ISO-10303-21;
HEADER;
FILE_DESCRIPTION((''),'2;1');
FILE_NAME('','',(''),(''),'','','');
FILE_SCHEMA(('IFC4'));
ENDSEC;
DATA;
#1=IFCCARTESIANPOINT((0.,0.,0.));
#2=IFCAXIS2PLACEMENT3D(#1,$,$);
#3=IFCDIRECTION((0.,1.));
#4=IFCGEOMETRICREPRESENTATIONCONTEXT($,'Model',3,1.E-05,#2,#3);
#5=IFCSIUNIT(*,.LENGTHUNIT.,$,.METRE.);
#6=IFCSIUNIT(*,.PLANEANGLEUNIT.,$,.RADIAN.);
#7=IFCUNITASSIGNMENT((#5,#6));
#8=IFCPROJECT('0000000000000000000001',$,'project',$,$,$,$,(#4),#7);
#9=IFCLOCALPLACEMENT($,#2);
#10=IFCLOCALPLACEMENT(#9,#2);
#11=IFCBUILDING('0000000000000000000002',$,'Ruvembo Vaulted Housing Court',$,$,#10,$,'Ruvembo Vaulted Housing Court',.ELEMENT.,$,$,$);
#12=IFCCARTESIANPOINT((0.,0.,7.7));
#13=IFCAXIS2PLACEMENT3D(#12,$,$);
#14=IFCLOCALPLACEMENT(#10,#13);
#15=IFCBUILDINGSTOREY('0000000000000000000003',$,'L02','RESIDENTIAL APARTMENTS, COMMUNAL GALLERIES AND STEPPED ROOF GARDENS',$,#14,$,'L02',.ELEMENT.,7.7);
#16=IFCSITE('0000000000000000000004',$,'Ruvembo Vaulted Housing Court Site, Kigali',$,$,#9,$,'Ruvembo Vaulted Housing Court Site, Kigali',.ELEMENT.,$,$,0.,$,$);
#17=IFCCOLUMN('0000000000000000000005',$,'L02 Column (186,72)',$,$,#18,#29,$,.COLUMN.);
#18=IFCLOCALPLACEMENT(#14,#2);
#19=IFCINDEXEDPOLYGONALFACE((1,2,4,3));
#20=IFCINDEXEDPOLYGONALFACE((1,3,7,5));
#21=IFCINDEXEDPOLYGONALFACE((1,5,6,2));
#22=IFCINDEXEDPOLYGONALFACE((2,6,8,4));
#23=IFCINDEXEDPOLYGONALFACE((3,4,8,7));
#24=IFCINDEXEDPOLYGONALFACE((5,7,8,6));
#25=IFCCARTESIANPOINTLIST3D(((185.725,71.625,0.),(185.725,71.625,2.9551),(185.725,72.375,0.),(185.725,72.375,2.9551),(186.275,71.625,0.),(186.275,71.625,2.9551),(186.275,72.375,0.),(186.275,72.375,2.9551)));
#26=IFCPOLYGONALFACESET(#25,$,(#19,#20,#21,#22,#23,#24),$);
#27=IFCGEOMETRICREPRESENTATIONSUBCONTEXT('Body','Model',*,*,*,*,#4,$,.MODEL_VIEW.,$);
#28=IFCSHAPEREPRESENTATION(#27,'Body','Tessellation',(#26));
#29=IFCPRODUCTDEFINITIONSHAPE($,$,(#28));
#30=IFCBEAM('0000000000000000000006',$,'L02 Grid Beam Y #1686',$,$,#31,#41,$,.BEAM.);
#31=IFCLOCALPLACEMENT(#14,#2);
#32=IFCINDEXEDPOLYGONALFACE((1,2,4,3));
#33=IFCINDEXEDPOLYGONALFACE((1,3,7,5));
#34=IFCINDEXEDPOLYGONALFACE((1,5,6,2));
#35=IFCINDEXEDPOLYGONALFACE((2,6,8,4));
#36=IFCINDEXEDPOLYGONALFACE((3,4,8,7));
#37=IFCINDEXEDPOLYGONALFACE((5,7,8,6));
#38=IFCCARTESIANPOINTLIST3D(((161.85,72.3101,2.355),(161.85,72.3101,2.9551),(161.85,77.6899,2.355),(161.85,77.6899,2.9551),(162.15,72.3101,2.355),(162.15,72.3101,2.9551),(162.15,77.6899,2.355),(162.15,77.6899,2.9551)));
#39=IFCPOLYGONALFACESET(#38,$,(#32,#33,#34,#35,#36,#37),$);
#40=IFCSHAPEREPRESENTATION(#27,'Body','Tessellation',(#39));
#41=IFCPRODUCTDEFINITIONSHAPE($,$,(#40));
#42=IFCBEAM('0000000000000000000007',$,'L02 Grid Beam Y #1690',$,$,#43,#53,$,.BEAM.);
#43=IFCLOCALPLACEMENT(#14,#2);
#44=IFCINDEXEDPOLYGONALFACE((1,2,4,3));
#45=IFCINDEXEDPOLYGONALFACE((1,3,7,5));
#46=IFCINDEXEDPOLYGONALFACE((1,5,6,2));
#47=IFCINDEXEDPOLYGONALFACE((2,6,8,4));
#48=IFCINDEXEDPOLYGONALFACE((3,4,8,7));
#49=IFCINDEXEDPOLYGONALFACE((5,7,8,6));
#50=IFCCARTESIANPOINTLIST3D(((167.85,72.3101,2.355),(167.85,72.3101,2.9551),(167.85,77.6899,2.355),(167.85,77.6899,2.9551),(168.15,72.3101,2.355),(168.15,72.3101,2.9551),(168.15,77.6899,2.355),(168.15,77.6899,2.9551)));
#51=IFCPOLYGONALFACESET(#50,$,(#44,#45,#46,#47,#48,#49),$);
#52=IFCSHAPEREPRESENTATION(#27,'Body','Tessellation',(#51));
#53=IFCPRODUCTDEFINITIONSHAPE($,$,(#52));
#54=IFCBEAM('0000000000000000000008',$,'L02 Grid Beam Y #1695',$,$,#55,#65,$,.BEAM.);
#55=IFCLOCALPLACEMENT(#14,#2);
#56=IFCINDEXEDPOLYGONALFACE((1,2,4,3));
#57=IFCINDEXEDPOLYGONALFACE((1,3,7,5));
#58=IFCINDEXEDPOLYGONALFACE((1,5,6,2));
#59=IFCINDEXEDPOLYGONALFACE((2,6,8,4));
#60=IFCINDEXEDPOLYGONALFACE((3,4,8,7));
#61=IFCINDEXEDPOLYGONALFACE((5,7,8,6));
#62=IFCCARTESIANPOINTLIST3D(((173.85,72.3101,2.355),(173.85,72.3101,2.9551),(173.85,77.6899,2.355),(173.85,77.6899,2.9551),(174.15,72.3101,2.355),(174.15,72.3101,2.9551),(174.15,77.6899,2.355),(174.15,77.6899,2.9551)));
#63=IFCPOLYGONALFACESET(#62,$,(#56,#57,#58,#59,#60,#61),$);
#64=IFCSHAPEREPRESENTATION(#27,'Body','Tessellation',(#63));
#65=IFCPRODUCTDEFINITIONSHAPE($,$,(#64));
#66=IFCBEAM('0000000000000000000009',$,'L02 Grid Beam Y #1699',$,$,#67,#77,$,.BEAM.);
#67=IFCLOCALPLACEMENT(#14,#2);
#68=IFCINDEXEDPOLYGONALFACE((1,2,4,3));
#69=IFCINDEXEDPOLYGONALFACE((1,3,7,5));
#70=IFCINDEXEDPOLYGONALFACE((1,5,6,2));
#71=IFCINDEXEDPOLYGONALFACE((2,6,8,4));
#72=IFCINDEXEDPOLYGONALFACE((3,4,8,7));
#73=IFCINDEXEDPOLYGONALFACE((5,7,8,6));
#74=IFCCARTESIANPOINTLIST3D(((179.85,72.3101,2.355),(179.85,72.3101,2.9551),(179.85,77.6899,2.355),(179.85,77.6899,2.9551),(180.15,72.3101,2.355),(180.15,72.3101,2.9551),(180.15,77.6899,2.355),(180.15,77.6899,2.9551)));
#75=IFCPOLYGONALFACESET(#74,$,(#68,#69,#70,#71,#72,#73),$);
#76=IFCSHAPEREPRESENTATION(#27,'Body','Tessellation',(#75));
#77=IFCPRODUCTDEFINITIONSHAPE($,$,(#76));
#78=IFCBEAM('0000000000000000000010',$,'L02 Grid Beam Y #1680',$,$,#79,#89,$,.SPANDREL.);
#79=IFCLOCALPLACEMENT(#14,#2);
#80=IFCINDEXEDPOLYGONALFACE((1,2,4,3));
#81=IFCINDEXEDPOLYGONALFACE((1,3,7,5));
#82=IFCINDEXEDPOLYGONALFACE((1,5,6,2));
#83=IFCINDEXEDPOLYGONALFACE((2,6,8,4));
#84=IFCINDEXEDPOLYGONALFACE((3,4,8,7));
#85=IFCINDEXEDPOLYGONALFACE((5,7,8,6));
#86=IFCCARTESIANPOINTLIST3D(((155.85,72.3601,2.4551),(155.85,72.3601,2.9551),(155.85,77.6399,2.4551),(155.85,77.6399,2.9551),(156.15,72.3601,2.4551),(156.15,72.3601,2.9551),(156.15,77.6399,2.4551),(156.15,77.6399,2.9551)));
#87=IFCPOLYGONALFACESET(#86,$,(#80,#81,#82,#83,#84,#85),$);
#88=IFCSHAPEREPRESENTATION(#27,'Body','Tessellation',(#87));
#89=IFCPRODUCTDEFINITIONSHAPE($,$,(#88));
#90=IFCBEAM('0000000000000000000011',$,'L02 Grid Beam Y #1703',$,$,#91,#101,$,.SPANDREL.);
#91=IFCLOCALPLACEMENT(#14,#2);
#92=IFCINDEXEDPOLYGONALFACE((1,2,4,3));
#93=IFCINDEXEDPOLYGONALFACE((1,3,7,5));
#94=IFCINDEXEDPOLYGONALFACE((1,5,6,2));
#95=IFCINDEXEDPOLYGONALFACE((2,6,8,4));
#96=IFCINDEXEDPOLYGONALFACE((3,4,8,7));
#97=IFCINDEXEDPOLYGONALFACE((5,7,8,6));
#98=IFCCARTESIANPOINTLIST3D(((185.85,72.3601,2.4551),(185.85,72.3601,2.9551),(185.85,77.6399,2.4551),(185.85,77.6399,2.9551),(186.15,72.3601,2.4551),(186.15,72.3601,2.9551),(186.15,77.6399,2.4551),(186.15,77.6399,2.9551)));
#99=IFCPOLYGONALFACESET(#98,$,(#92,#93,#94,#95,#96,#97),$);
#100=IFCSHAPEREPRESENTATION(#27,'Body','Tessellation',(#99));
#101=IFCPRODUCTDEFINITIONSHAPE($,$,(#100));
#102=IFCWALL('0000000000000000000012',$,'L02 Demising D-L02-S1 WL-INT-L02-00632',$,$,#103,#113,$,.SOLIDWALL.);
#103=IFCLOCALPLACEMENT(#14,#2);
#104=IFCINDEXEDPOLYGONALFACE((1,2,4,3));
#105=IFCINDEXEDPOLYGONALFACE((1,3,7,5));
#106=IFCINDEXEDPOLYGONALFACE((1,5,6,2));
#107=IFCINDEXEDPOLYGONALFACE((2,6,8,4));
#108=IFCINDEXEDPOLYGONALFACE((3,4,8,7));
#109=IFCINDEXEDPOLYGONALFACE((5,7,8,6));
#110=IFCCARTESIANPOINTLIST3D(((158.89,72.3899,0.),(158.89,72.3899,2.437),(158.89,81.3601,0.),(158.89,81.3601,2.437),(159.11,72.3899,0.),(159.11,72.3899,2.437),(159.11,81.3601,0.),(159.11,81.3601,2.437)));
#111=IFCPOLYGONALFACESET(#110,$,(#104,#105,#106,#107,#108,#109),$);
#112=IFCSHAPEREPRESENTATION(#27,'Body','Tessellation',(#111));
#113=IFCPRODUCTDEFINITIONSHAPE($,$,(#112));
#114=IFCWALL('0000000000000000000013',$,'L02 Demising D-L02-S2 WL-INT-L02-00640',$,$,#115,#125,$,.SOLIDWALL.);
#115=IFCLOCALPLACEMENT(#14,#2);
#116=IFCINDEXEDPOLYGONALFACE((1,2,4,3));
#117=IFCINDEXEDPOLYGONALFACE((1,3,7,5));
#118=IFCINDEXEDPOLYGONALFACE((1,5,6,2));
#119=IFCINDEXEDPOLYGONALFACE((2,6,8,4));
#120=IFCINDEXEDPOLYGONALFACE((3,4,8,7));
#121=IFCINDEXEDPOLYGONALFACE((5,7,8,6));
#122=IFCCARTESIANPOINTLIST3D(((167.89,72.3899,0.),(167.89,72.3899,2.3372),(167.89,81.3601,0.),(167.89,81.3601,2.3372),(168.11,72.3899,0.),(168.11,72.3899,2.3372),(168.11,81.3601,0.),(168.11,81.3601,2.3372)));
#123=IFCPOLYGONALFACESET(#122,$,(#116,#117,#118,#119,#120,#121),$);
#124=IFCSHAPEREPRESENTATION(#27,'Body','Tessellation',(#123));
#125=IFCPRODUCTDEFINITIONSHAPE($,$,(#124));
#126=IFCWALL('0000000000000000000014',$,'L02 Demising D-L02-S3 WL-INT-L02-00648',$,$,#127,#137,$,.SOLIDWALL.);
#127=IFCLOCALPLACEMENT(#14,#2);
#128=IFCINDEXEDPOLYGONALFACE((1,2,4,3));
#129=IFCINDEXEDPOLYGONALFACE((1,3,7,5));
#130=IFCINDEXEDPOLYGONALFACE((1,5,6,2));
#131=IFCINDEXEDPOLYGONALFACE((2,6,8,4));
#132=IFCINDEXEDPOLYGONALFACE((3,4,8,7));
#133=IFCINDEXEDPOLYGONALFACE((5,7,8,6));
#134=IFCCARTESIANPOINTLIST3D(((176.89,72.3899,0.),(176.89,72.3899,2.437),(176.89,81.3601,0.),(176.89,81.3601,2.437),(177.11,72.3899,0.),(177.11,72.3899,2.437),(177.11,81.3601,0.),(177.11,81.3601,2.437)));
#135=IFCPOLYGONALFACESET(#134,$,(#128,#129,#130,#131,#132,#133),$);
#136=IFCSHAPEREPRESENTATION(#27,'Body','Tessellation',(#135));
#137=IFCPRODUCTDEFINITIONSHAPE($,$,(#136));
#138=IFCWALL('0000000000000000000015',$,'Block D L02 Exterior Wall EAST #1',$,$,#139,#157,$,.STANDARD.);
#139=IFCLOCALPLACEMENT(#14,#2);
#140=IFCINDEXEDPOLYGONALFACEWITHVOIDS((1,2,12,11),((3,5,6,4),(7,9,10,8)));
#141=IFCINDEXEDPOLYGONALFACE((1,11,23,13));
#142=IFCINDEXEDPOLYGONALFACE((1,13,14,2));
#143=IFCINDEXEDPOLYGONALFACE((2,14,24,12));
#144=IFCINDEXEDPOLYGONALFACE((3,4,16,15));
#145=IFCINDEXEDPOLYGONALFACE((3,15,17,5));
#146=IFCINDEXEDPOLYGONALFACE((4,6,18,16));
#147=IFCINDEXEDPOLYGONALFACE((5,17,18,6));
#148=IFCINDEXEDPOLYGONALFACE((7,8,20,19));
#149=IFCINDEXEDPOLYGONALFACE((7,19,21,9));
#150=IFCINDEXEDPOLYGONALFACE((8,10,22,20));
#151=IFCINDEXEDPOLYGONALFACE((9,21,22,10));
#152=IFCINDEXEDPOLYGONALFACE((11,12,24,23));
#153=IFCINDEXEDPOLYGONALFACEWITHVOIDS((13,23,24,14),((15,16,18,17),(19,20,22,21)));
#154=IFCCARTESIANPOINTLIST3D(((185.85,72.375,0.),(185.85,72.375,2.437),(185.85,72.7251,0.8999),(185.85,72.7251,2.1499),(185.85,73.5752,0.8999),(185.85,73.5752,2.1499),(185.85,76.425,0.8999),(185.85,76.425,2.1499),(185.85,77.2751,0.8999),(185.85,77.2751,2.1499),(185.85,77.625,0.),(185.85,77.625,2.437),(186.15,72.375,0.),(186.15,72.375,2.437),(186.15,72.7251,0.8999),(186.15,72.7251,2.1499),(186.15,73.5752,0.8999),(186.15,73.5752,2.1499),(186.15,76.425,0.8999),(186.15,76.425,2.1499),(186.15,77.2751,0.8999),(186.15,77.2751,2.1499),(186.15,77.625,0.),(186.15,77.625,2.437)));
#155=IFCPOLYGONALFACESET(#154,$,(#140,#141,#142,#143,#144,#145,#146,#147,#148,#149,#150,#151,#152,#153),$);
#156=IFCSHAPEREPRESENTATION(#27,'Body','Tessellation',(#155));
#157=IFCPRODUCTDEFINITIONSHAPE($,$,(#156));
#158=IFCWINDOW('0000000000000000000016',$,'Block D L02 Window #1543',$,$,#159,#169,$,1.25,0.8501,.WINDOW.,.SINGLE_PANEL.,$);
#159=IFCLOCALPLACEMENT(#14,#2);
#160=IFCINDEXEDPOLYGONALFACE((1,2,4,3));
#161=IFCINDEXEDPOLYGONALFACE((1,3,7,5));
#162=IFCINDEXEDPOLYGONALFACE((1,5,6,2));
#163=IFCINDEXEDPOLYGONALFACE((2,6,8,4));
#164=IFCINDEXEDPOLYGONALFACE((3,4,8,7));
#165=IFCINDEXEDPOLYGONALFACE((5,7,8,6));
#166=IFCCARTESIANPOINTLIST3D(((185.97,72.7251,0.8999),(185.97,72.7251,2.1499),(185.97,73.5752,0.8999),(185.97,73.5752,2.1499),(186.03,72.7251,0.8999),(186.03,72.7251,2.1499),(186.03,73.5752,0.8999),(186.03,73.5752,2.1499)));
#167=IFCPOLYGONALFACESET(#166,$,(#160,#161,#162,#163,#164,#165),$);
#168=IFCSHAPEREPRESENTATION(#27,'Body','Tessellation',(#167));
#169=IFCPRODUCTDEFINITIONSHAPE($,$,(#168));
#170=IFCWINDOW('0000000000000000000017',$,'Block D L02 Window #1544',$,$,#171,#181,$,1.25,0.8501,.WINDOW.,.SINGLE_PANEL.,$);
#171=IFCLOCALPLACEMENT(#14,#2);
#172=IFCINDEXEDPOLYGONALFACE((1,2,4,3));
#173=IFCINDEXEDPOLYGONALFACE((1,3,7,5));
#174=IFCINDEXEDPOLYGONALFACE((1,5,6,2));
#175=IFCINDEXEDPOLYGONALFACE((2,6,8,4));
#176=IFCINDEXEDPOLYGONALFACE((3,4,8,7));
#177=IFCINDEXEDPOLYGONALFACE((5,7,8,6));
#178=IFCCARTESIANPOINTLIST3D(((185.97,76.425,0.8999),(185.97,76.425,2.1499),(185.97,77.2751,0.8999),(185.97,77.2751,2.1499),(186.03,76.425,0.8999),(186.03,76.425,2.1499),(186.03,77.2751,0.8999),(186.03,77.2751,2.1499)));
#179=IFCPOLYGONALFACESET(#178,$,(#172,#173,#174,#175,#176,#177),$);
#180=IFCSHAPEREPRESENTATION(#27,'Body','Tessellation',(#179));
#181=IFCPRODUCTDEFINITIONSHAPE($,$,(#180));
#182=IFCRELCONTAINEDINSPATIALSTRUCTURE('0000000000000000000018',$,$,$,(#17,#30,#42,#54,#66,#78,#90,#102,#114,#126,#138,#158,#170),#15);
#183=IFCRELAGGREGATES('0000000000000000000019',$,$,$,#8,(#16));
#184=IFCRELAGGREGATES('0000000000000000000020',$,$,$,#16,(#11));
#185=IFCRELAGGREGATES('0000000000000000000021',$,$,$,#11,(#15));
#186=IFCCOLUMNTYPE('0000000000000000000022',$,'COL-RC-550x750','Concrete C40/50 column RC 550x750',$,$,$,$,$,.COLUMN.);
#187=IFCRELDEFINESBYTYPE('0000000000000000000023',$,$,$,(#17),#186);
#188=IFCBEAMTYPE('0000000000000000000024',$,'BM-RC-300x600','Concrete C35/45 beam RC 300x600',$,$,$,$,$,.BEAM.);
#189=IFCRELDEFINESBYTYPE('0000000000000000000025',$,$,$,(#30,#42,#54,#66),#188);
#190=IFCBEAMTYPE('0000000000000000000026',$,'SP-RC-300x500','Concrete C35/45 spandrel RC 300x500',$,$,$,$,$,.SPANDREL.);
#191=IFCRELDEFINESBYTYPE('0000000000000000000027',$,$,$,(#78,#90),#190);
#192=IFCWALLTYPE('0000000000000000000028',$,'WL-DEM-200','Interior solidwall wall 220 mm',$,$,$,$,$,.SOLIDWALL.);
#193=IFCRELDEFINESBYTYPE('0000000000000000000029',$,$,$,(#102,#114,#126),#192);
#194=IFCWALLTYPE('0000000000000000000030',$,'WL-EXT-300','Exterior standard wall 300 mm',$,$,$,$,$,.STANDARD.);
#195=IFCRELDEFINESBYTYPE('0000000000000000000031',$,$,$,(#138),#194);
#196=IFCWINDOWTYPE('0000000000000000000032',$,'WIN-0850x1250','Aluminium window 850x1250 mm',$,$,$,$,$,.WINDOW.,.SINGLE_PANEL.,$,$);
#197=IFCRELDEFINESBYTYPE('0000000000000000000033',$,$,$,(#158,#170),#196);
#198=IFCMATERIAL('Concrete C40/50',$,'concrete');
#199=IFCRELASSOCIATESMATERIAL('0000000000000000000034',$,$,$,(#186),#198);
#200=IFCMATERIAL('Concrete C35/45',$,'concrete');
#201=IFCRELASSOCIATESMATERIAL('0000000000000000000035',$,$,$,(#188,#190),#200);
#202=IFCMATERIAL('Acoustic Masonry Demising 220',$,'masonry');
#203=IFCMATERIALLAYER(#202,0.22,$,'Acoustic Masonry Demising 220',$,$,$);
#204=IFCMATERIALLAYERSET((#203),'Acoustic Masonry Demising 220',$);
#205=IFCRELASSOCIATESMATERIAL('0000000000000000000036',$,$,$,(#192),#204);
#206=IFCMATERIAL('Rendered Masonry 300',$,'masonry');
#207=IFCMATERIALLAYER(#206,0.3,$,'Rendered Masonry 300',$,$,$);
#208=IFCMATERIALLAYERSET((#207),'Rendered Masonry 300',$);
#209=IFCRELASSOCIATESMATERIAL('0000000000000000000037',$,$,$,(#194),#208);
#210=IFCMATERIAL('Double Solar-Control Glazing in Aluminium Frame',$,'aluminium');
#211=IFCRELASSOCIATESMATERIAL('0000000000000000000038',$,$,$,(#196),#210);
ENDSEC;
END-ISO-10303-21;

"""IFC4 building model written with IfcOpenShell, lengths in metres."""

from ifc_helpers import new_model, si_unit, direction, frame, frame_2d, origin, origin_2d, place, context, subcontext, project, spatial, rectangle, extrude, material, layer, layer_set, material_profile, profile_set, type_object, element, fill, save


model = new_model("IFC4")

# Units and contexts
model_context = context("Model", 3, precision=1e-05, world=origin(), true_north=direction((0.0, 1.0)))
body_context = subcontext(model_context, "Body", "Model", "MODEL_VIEW")
ifc_project = project(units=[si_unit("LENGTHUNIT", "METRE"), si_unit("PLANEANGLEUNIT", "RADIAN")], contexts=[model_context])

# Site, building, storey
site_placement = place(None, origin())
site = spatial("IfcSite", under=ifc_project, at=site_placement, Name="Ruvembo Vaulted Housing Court Site, Kigali", LongName="Ruvembo Vaulted Housing Court Site, Kigali", CompositionType="ELEMENT", RefElevation=0.0)
building_placement = place(site_placement, origin())
building = spatial("IfcBuilding", under=site, at=building_placement, Name="Ruvembo Vaulted Housing Court", LongName="Ruvembo Vaulted Housing Court", CompositionType="ELEMENT")
storey_placement = place(building_placement, frame((0.0, 0.0, 7.7)))
storey = spatial("IfcBuildingStorey", under=building, at=storey_placement, Name="L02", Description="RESIDENTIAL APARTMENTS, COMMUNAL GALLERIES AND STEPPED ROOF GARDENS", LongName="L02", CompositionType="ELEMENT", Elevation=7.7)

# Column
ifc_material_1 = material(Name="Concrete C40/50", Category="concrete")
ifc_material_profile_1 = material_profile(ifc_material_1, rectangle(XDim=0.55, YDim=0.75, at=origin_2d()), Name="RC 550x750")
ifc_profile_set_1 = profile_set([ifc_material_profile_1], Name="Concrete C40/50")
column_type = type_object("IfcColumnType", Name="COL-RC-550x750", Description="Concrete C40/50 column RC 550x750", PredefinedType="COLUMN", material=ifc_profile_set_1)
column_placement = place(storey_placement, frame((186.0, 72.0, 0.0), z_axis=(0.0, 0.0, 1.0), x_axis=(1.0, 0.0, 0.0)))
element("IfcColumn", 1, at=column_placement, inside=storey, type_object=column_type, Name="L02 Column (186,72)", PredefinedType="COLUMN", context=body_context, shape_type="SweptSolid", body=[
    extrude(rectangle(XDim=0.55, YDim=0.75, at=origin_2d()), origin(), (0.0, 0.0, 1.0), 2.9551),
])

# Beams
ifc_material_2 = material(Name="Concrete C35/45", Category="concrete")
ifc_material_profile_2 = material_profile(ifc_material_2, rectangle(XDim=0.3, YDim=0.6001, at=origin_2d()), Name="RC 300x600")
ifc_profile_set_2 = profile_set([ifc_material_profile_2], Name="Concrete C35/45")
beam_type_1 = type_object("IfcBeamType", Name="BM-RC-300x600", Description="Concrete C35/45 beam RC 300x600", PredefinedType="BEAM", material=ifc_profile_set_2)
for number, where, z_axis, x_axis, name in (
    (2, (162.0, 72.3101, 2.655), (0.0, 1.0, 0.0), (-1.0, 0.0, 0.0), "L02 Grid Beam Y #1686"),
    (3, (168.0, 72.3101, 2.655), (0.0, 1.0, 0.0), (-1.0, 0.0, 0.0), "L02 Grid Beam Y #1690"),
    (4, (174.0, 72.3101, 2.655), (0.0, 1.0, 0.0), (-1.0, 0.0, 0.0), "L02 Grid Beam Y #1695"),
    (5, (180.0, 72.3101, 2.655), (0.0, 1.0, 0.0), (-1.0, 0.0, 0.0), "L02 Grid Beam Y #1699"),
):
    element("IfcBeam", number, at=place(storey_placement, frame(where, z_axis=z_axis, x_axis=x_axis)), inside=storey, type_object=beam_type_1, Name=name, PredefinedType="BEAM", context=body_context, shape_type="SweptSolid", body=[
        extrude(rectangle(XDim=0.3, YDim=0.6001, at=origin_2d()), origin(), (0.0, 0.0, 1.0), 5.3799),
    ])
ifc_material_profile_3 = material_profile(ifc_material_2, rectangle(XDim=0.3, YDim=0.5, at=origin_2d()), Name="RC 300x500")
ifc_profile_set_3 = profile_set([ifc_material_profile_3], Name="Concrete C35/45")
beam_type_2 = type_object("IfcBeamType", Name="SP-RC-300x500", Description="Concrete C35/45 spandrel RC 300x500", PredefinedType="SPANDREL", material=ifc_profile_set_3)
for number, where, z_axis, x_axis, name in (
    (6, (156.0, 72.3601, 2.7051), (0.0, 1.0, 0.0), (-1.0, 0.0, 0.0), "L02 Grid Beam Y #1680"),
    (7, (186.0, 72.3601, 2.7051), (0.0, 1.0, 0.0), (-1.0, 0.0, 0.0), "L02 Grid Beam Y #1703"),
):
    element("IfcBeam", number, at=place(storey_placement, frame(where, z_axis=z_axis, x_axis=x_axis)), inside=storey, type_object=beam_type_2, Name=name, PredefinedType="SPANDREL", context=body_context, shape_type="SweptSolid", body=[
        extrude(rectangle(XDim=0.3, YDim=0.5, at=origin_2d()), origin(), (0.0, 0.0, 1.0), 5.2798),
    ])

# Walls
ifc_material_3 = material(Name="Acoustic Masonry Demising 220", Category="masonry")
ifc_layer_1 = layer(ifc_material_3, 0.22, Name="Acoustic Masonry Demising 220")
ifc_layer_set_1 = layer_set([ifc_layer_1], Name="Acoustic Masonry Demising 220")
wall_type_1 = type_object("IfcWallType", Name="WL-DEM-200", Description="Interior solidwall wall 220 mm", PredefinedType="SOLIDWALL", material=ifc_layer_set_1)
wall_1_placement = place(storey_placement, frame((159.0, 72.3899, 0.0), z_axis=(0.0, 0.0, 1.0), x_axis=(0.0, 1.0, 0.0)))
element("IfcWall", 8, at=wall_1_placement, inside=storey, type_object=wall_type_1, Name="L02 Demising D-L02-S1 WL-INT-L02-00632", PredefinedType="SOLIDWALL", context=body_context, shape_type="SweptSolid", body=[
    extrude(rectangle(XDim=8.9702, YDim=0.22, at=frame_2d((4.4851, 0.0))), origin(), (0.0, 0.0, 1.0), 2.437),
])
wall_2_placement = place(storey_placement, frame((168.0, 72.3899, 0.0), z_axis=(0.0, 0.0, 1.0), x_axis=(0.0, 1.0, 0.0)))
element("IfcWall", 9, at=wall_2_placement, inside=storey, type_object=wall_type_1, Name="L02 Demising D-L02-S2 WL-INT-L02-00640", PredefinedType="SOLIDWALL", context=body_context, shape_type="SweptSolid", body=[
    extrude(rectangle(XDim=8.9702, YDim=0.22, at=frame_2d((4.4851, 0.0))), origin(), (0.0, 0.0, 1.0), 2.3372),
])
wall_3_placement = place(storey_placement, frame((177.0, 72.3899, 0.0), z_axis=(0.0, 0.0, 1.0), x_axis=(0.0, 1.0, 0.0)))
element("IfcWall", 10, at=wall_3_placement, inside=storey, type_object=wall_type_1, Name="L02 Demising D-L02-S3 WL-INT-L02-00648", PredefinedType="SOLIDWALL", context=body_context, shape_type="SweptSolid", body=[
    extrude(rectangle(XDim=8.9702, YDim=0.22, at=frame_2d((4.4851, 0.0))), origin(), (0.0, 0.0, 1.0), 2.437),
])

# Wall, openings, windows
ifc_material_4 = material(Name="Rendered Masonry 300", Category="masonry")
ifc_layer_2 = layer(ifc_material_4, 0.3, Name="Rendered Masonry 300")
ifc_layer_set_2 = layer_set([ifc_layer_2], Name="Rendered Masonry 300")
wall_type_2 = type_object("IfcWallType", Name="WL-EXT-300", Description="Exterior standard wall 300 mm", PredefinedType="STANDARD", material=ifc_layer_set_2)
wall_4_placement = place(storey_placement, frame((186.0, 72.375, 0.0), z_axis=(0.0, 0.0, 1.0), x_axis=(0.0, 1.0, 0.0)))
wall_4 = element("IfcWall", 11, at=wall_4_placement, inside=storey, type_object=wall_type_2, Name="Block D L02 Exterior Wall EAST #1", PredefinedType="STANDARD", context=body_context, shape_type="SweptSolid", body=[
    extrude(rectangle(XDim=5.25, YDim=0.3, at=frame_2d((2.625, 0.0))), origin(), (0.0, 0.0, 1.0), 2.437),
])
opening_1_placement = place(wall_4_placement, frame((0.3501, 0.0, 0.8999)))
opening_1 = element("IfcOpeningElement", 12, at=opening_1_placement, cuts=wall_4, PredefinedType="OPENING", context=body_context, shape_type="SweptSolid", body=[
    extrude(rectangle(XDim=0.8501, YDim=1.25, at=frame_2d((0.425, 0.625))), frame((0.0, 0.1599, 0.0), z_axis=(0.0, -1.0, 0.0), x_axis=(1.0, 0.0, 0.0)), (0.0, 0.0, 1.0), 0.3201),
])
opening_2_placement = place(wall_4_placement, frame((4.05, 0.0, 0.8999)))
opening_2 = element("IfcOpeningElement", 13, at=opening_2_placement, cuts=wall_4, PredefinedType="OPENING", context=body_context, shape_type="SweptSolid", body=[
    extrude(rectangle(XDim=0.8501, YDim=1.25, at=frame_2d((0.425, 0.625))), frame((0.0, 0.1599, 0.0), z_axis=(0.0, -1.0, 0.0), x_axis=(1.0, 0.0, 0.0)), (0.0, 0.0, 1.0), 0.3201),
])
ifc_material_5 = material(Name="Double Solar-Control Glazing in Aluminium Frame", Category="aluminium")
window_type = type_object("IfcWindowType", Name="WIN-0850x1250", Description="Aluminium window 850x1250 mm", PartitioningType="SINGLE_PANEL", PredefinedType="WINDOW", material=ifc_material_5)
window_1_placement = place(opening_1_placement, origin())
window_1 = element("IfcWindow", 14, at=window_1_placement, inside=storey, type_object=window_type, Name="Block D L02 Window #1543", OverallHeight=1.25, OverallWidth=0.8501, PartitioningType="SINGLE_PANEL", PredefinedType="WINDOW", context=body_context, shape_type="SweptSolid", body=[
    extrude(rectangle(XDim=0.8501, YDim=1.25, at=frame_2d((0.425, 0.625))), frame((0.0, 0.03, 0.0), z_axis=(0.0, -1.0, 0.0), x_axis=(1.0, 0.0, 0.0)), (0.0, 0.0, 1.0), 0.0601),
])
fill(opening_1, window_1)
window_2_placement = place(opening_2_placement, origin())
window_2 = element("IfcWindow", 15, at=window_2_placement, inside=storey, type_object=window_type, Name="Block D L02 Window #1544", OverallHeight=1.25, OverallWidth=0.8501, PartitioningType="SINGLE_PANEL", PredefinedType="WINDOW", context=body_context, shape_type="SweptSolid", body=[
    extrude(rectangle(XDim=0.8501, YDim=1.25, at=frame_2d((0.425, 0.625))), frame((0.0, 0.03, 0.0), z_axis=(0.0, -1.0, 0.0), x_axis=(1.0, 0.0, 0.0)), (0.0, 0.0, 1.0), 0.0601),
])
fill(opening_2, window_2)

save(model, "model.ifc")
